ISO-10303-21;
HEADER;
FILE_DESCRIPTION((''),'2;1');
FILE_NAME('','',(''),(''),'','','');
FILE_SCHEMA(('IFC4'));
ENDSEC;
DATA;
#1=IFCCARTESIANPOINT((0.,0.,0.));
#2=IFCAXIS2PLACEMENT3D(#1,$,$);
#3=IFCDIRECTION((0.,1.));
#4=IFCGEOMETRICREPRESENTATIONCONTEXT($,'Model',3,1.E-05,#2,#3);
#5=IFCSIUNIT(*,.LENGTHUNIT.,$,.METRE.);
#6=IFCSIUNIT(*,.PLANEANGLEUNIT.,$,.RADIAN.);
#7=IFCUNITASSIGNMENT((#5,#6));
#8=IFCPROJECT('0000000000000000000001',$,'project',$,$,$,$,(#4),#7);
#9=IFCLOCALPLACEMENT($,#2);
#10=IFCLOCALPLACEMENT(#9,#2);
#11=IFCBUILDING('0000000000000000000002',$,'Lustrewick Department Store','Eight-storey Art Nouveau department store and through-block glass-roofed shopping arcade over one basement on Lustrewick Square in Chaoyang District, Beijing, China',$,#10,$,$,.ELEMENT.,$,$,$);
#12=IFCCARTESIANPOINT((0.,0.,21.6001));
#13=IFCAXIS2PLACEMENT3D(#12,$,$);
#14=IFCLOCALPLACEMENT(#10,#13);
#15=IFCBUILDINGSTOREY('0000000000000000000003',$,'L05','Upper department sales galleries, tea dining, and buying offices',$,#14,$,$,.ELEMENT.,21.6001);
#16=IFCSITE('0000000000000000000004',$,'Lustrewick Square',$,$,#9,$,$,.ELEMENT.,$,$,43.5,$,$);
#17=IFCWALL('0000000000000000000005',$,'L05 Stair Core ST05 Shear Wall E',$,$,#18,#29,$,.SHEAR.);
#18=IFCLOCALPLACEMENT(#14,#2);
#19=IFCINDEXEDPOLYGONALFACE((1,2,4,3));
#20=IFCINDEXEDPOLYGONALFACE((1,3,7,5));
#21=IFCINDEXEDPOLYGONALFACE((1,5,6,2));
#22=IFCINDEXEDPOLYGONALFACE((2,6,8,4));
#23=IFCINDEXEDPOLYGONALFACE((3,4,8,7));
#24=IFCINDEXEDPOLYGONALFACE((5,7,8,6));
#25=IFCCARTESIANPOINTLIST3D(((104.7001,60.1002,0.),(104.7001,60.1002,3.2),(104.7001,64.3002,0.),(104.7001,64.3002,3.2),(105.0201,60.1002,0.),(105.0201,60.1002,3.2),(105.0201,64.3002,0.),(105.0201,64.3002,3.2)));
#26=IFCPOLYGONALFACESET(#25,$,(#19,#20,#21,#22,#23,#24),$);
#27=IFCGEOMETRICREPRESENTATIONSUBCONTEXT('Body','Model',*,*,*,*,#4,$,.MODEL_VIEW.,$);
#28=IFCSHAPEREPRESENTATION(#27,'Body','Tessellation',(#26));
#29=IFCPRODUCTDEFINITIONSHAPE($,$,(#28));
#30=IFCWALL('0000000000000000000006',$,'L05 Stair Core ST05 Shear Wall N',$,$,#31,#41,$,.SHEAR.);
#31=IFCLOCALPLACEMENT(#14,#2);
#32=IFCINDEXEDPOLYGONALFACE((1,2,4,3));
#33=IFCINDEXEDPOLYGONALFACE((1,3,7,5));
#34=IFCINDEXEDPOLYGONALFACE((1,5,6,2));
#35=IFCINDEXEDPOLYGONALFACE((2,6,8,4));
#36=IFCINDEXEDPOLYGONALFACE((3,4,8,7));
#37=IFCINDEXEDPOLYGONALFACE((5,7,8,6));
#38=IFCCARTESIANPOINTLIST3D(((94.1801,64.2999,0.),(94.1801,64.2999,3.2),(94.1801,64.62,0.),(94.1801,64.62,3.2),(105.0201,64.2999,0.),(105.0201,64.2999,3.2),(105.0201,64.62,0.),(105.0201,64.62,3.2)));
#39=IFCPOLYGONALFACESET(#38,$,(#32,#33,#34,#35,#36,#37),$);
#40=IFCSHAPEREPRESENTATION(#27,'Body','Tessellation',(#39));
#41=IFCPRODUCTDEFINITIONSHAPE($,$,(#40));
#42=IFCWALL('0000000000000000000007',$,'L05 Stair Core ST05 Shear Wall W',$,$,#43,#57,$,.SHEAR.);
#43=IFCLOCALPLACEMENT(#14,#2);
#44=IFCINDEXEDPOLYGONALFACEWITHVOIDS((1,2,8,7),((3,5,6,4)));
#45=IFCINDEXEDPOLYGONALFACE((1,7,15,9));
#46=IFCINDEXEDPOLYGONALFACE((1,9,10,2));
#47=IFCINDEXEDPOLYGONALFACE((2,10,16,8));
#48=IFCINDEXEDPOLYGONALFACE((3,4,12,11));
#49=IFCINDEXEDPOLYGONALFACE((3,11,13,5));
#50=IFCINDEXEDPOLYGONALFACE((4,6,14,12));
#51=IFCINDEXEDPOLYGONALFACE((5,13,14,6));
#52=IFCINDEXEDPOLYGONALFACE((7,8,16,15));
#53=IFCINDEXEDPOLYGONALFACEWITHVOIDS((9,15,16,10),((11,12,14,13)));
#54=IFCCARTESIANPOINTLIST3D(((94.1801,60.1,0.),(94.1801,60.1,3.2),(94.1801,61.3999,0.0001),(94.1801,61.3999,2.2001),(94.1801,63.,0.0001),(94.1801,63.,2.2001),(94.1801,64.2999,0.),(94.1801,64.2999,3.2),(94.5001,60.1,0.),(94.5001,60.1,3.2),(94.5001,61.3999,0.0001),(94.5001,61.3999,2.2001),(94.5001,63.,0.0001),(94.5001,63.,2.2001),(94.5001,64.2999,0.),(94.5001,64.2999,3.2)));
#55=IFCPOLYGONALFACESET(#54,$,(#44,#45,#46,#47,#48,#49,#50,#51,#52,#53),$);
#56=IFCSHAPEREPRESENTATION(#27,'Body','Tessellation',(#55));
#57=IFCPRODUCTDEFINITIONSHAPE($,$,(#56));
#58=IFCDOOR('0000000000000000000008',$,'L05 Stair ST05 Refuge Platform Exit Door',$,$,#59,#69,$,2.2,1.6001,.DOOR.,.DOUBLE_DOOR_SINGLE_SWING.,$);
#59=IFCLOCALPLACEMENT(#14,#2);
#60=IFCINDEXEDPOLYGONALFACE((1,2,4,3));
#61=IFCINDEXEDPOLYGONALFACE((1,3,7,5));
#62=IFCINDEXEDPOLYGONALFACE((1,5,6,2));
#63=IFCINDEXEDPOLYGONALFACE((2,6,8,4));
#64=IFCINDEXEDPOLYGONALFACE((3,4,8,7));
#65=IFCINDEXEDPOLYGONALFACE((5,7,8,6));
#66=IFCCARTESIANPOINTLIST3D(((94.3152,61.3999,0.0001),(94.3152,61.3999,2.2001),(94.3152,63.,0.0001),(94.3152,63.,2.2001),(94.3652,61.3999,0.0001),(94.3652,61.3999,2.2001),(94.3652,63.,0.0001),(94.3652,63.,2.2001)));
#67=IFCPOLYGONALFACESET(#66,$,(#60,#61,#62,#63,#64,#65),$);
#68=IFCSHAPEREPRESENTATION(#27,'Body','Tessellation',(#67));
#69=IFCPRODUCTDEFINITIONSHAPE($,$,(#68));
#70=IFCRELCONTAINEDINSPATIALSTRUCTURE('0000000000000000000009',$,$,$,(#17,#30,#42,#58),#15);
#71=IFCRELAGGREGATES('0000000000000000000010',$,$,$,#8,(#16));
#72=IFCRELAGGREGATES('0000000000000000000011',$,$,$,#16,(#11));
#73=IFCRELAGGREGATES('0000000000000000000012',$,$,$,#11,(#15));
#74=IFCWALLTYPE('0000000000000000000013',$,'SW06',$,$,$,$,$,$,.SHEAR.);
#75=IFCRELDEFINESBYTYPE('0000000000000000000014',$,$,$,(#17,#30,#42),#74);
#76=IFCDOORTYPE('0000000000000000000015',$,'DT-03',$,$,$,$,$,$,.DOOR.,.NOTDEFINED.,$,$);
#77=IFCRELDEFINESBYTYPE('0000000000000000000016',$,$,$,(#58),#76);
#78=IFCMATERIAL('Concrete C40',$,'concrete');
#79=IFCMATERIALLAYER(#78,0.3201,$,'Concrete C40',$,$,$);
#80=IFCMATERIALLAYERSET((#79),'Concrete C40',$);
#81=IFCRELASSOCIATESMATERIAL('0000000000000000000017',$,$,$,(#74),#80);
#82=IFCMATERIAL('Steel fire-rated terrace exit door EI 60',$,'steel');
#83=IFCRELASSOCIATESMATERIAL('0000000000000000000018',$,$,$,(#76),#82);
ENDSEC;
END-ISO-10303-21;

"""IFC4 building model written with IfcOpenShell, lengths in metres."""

from ifc_helpers import new_model, si_unit, direction, frame, frame_2d, origin, place, context, subcontext, project, spatial, rectangle, extrude, material, layer, layer_set, type_object, element, fill, save


model = new_model("IFC4")

# Units and contexts
model_context = context("Model", 3, precision=1e-05, world=origin(), true_north=direction((0.0, 1.0)))
body_context = subcontext(model_context, "Body", "Model", "MODEL_VIEW")
ifc_project = project(units=[si_unit("LENGTHUNIT", "METRE"), si_unit("PLANEANGLEUNIT", "RADIAN")], contexts=[model_context])

# Site, building, storey
site_placement = place(None, origin())
site = spatial("IfcSite", under=ifc_project, at=site_placement, Name="Lustrewick Square", CompositionType="ELEMENT", RefElevation=43.5)
building_placement = place(site_placement, origin())
building = spatial("IfcBuilding", under=site, at=building_placement, Name="Lustrewick Department Store", Description="Eight-storey Art Nouveau department store and through-block glass-roofed shopping arcade over one basement on Lustrewick Square in Chaoyang District, Beijing, China", CompositionType="ELEMENT")
storey_placement = place(building_placement, frame((0.0, 0.0, 21.6001)))
storey = spatial("IfcBuildingStorey", under=building, at=storey_placement, Name="L05", Description="Upper department sales galleries, tea dining, and buying offices", CompositionType="ELEMENT", Elevation=21.6001)

# Walls
ifc_material_1 = material(Name="Concrete C40", Category="concrete")
ifc_layer_1 = layer(ifc_material_1, 0.3201, Name="Concrete C40")
ifc_layer_set_1 = layer_set([ifc_layer_1], Name="Concrete C40")
wall_type = type_object("IfcWallType", Name="SW06", PredefinedType="SHEAR", material=ifc_layer_set_1)
wall_1_placement = place(storey_placement, frame((104.8601, 60.1001, 0.0), z_axis=(0.0, 0.0, 1.0), x_axis=(0.0, 1.0, 0.0)))
element("IfcWall", 1, at=wall_1_placement, inside=storey, type_object=wall_type, Name="L05 Stair Core ST05 Shear Wall E", PredefinedType="SHEAR", context=body_context, shape_type="SweptSolid", body=[
    extrude(rectangle(XDim=4.2, YDim=0.3201, at=frame_2d((2.1001, 0.0))), origin(), (0.0, 0.0, 1.0), 3.2),
])
wall_2_placement = place(storey_placement, frame((105.02, 64.46, 0.0), z_axis=(0.0, 0.0, 1.0), x_axis=(-1.0, 0.0, 0.0)))
element("IfcWall", 2, at=wall_2_placement, inside=storey, type_object=wall_type, Name="L05 Stair Core ST05 Shear Wall N", PredefinedType="SHEAR", context=body_context, shape_type="SweptSolid", body=[
    extrude(rectangle(XDim=10.8401, YDim=0.3201, at=frame_2d((5.4199, 0.0))), origin(), (0.0, 0.0, 1.0), 3.2),
])

# Wall, opening, door
wall_3_placement = place(storey_placement, frame((94.3401, 64.3, 0.0), z_axis=(0.0, 0.0, 1.0), x_axis=(0.0, -1.0, 0.0)))
wall_3 = element("IfcWall", 3, at=wall_3_placement, inside=storey, type_object=wall_type, Name="L05 Stair Core ST05 Shear Wall W", PredefinedType="SHEAR", context=body_context, shape_type="SweptSolid", body=[
    extrude(rectangle(XDim=4.2, YDim=0.3201, at=frame_2d((2.1001, 0.0))), origin(), (0.0, 0.0, 1.0), 3.2),
])
opening_placement = place(wall_3_placement, frame((1.3, 0.0, 0.0)))
opening = element("IfcOpeningElement", 4, at=opening_placement, cuts=wall_3, PredefinedType="OPENING", context=body_context, shape_type="SweptSolid", body=[
    extrude(rectangle(XDim=1.6001, YDim=2.2, at=frame_2d((0.8, 1.1001))), frame((0.0, 0.1699, 0.0), z_axis=(0.0, -1.0, 0.0), x_axis=(1.0, 0.0, 0.0)), (0.0, 0.0, 1.0), 0.3401),
])
ifc_material_2 = material(Name="Steel fire-rated terrace exit door EI 60", Category="steel")
door_type = type_object("IfcDoorType", Name="DT-03", OperationType="NOTDEFINED", PredefinedType="DOOR", material=ifc_material_2)
door_placement = place(opening_placement, frame((1.6001, 0.0, 0.0), z_axis=(0.0, 0.0, 1.0), x_axis=(-1.0, 0.0, 0.0)))
door = element("IfcDoor", 5, at=door_placement, inside=storey, type_object=door_type, Name="L05 Stair ST05 Refuge Platform Exit Door", OperationType="DOUBLE_DOOR_SINGLE_SWING", OverallHeight=2.2, OverallWidth=1.6001, PredefinedType="DOOR", context=body_context, shape_type="SweptSolid", body=[
    extrude(rectangle(XDim=1.6001, YDim=2.2, at=frame_2d((0.8, 1.1001))), frame((0.0, 0.0249, 0.0), z_axis=(0.0, -1.0, 0.0), x_axis=(1.0, 0.0, 0.0)), (0.0, 0.0, 1.0), 0.05),
])
fill(opening, door)

save(model, "model.ifc")
